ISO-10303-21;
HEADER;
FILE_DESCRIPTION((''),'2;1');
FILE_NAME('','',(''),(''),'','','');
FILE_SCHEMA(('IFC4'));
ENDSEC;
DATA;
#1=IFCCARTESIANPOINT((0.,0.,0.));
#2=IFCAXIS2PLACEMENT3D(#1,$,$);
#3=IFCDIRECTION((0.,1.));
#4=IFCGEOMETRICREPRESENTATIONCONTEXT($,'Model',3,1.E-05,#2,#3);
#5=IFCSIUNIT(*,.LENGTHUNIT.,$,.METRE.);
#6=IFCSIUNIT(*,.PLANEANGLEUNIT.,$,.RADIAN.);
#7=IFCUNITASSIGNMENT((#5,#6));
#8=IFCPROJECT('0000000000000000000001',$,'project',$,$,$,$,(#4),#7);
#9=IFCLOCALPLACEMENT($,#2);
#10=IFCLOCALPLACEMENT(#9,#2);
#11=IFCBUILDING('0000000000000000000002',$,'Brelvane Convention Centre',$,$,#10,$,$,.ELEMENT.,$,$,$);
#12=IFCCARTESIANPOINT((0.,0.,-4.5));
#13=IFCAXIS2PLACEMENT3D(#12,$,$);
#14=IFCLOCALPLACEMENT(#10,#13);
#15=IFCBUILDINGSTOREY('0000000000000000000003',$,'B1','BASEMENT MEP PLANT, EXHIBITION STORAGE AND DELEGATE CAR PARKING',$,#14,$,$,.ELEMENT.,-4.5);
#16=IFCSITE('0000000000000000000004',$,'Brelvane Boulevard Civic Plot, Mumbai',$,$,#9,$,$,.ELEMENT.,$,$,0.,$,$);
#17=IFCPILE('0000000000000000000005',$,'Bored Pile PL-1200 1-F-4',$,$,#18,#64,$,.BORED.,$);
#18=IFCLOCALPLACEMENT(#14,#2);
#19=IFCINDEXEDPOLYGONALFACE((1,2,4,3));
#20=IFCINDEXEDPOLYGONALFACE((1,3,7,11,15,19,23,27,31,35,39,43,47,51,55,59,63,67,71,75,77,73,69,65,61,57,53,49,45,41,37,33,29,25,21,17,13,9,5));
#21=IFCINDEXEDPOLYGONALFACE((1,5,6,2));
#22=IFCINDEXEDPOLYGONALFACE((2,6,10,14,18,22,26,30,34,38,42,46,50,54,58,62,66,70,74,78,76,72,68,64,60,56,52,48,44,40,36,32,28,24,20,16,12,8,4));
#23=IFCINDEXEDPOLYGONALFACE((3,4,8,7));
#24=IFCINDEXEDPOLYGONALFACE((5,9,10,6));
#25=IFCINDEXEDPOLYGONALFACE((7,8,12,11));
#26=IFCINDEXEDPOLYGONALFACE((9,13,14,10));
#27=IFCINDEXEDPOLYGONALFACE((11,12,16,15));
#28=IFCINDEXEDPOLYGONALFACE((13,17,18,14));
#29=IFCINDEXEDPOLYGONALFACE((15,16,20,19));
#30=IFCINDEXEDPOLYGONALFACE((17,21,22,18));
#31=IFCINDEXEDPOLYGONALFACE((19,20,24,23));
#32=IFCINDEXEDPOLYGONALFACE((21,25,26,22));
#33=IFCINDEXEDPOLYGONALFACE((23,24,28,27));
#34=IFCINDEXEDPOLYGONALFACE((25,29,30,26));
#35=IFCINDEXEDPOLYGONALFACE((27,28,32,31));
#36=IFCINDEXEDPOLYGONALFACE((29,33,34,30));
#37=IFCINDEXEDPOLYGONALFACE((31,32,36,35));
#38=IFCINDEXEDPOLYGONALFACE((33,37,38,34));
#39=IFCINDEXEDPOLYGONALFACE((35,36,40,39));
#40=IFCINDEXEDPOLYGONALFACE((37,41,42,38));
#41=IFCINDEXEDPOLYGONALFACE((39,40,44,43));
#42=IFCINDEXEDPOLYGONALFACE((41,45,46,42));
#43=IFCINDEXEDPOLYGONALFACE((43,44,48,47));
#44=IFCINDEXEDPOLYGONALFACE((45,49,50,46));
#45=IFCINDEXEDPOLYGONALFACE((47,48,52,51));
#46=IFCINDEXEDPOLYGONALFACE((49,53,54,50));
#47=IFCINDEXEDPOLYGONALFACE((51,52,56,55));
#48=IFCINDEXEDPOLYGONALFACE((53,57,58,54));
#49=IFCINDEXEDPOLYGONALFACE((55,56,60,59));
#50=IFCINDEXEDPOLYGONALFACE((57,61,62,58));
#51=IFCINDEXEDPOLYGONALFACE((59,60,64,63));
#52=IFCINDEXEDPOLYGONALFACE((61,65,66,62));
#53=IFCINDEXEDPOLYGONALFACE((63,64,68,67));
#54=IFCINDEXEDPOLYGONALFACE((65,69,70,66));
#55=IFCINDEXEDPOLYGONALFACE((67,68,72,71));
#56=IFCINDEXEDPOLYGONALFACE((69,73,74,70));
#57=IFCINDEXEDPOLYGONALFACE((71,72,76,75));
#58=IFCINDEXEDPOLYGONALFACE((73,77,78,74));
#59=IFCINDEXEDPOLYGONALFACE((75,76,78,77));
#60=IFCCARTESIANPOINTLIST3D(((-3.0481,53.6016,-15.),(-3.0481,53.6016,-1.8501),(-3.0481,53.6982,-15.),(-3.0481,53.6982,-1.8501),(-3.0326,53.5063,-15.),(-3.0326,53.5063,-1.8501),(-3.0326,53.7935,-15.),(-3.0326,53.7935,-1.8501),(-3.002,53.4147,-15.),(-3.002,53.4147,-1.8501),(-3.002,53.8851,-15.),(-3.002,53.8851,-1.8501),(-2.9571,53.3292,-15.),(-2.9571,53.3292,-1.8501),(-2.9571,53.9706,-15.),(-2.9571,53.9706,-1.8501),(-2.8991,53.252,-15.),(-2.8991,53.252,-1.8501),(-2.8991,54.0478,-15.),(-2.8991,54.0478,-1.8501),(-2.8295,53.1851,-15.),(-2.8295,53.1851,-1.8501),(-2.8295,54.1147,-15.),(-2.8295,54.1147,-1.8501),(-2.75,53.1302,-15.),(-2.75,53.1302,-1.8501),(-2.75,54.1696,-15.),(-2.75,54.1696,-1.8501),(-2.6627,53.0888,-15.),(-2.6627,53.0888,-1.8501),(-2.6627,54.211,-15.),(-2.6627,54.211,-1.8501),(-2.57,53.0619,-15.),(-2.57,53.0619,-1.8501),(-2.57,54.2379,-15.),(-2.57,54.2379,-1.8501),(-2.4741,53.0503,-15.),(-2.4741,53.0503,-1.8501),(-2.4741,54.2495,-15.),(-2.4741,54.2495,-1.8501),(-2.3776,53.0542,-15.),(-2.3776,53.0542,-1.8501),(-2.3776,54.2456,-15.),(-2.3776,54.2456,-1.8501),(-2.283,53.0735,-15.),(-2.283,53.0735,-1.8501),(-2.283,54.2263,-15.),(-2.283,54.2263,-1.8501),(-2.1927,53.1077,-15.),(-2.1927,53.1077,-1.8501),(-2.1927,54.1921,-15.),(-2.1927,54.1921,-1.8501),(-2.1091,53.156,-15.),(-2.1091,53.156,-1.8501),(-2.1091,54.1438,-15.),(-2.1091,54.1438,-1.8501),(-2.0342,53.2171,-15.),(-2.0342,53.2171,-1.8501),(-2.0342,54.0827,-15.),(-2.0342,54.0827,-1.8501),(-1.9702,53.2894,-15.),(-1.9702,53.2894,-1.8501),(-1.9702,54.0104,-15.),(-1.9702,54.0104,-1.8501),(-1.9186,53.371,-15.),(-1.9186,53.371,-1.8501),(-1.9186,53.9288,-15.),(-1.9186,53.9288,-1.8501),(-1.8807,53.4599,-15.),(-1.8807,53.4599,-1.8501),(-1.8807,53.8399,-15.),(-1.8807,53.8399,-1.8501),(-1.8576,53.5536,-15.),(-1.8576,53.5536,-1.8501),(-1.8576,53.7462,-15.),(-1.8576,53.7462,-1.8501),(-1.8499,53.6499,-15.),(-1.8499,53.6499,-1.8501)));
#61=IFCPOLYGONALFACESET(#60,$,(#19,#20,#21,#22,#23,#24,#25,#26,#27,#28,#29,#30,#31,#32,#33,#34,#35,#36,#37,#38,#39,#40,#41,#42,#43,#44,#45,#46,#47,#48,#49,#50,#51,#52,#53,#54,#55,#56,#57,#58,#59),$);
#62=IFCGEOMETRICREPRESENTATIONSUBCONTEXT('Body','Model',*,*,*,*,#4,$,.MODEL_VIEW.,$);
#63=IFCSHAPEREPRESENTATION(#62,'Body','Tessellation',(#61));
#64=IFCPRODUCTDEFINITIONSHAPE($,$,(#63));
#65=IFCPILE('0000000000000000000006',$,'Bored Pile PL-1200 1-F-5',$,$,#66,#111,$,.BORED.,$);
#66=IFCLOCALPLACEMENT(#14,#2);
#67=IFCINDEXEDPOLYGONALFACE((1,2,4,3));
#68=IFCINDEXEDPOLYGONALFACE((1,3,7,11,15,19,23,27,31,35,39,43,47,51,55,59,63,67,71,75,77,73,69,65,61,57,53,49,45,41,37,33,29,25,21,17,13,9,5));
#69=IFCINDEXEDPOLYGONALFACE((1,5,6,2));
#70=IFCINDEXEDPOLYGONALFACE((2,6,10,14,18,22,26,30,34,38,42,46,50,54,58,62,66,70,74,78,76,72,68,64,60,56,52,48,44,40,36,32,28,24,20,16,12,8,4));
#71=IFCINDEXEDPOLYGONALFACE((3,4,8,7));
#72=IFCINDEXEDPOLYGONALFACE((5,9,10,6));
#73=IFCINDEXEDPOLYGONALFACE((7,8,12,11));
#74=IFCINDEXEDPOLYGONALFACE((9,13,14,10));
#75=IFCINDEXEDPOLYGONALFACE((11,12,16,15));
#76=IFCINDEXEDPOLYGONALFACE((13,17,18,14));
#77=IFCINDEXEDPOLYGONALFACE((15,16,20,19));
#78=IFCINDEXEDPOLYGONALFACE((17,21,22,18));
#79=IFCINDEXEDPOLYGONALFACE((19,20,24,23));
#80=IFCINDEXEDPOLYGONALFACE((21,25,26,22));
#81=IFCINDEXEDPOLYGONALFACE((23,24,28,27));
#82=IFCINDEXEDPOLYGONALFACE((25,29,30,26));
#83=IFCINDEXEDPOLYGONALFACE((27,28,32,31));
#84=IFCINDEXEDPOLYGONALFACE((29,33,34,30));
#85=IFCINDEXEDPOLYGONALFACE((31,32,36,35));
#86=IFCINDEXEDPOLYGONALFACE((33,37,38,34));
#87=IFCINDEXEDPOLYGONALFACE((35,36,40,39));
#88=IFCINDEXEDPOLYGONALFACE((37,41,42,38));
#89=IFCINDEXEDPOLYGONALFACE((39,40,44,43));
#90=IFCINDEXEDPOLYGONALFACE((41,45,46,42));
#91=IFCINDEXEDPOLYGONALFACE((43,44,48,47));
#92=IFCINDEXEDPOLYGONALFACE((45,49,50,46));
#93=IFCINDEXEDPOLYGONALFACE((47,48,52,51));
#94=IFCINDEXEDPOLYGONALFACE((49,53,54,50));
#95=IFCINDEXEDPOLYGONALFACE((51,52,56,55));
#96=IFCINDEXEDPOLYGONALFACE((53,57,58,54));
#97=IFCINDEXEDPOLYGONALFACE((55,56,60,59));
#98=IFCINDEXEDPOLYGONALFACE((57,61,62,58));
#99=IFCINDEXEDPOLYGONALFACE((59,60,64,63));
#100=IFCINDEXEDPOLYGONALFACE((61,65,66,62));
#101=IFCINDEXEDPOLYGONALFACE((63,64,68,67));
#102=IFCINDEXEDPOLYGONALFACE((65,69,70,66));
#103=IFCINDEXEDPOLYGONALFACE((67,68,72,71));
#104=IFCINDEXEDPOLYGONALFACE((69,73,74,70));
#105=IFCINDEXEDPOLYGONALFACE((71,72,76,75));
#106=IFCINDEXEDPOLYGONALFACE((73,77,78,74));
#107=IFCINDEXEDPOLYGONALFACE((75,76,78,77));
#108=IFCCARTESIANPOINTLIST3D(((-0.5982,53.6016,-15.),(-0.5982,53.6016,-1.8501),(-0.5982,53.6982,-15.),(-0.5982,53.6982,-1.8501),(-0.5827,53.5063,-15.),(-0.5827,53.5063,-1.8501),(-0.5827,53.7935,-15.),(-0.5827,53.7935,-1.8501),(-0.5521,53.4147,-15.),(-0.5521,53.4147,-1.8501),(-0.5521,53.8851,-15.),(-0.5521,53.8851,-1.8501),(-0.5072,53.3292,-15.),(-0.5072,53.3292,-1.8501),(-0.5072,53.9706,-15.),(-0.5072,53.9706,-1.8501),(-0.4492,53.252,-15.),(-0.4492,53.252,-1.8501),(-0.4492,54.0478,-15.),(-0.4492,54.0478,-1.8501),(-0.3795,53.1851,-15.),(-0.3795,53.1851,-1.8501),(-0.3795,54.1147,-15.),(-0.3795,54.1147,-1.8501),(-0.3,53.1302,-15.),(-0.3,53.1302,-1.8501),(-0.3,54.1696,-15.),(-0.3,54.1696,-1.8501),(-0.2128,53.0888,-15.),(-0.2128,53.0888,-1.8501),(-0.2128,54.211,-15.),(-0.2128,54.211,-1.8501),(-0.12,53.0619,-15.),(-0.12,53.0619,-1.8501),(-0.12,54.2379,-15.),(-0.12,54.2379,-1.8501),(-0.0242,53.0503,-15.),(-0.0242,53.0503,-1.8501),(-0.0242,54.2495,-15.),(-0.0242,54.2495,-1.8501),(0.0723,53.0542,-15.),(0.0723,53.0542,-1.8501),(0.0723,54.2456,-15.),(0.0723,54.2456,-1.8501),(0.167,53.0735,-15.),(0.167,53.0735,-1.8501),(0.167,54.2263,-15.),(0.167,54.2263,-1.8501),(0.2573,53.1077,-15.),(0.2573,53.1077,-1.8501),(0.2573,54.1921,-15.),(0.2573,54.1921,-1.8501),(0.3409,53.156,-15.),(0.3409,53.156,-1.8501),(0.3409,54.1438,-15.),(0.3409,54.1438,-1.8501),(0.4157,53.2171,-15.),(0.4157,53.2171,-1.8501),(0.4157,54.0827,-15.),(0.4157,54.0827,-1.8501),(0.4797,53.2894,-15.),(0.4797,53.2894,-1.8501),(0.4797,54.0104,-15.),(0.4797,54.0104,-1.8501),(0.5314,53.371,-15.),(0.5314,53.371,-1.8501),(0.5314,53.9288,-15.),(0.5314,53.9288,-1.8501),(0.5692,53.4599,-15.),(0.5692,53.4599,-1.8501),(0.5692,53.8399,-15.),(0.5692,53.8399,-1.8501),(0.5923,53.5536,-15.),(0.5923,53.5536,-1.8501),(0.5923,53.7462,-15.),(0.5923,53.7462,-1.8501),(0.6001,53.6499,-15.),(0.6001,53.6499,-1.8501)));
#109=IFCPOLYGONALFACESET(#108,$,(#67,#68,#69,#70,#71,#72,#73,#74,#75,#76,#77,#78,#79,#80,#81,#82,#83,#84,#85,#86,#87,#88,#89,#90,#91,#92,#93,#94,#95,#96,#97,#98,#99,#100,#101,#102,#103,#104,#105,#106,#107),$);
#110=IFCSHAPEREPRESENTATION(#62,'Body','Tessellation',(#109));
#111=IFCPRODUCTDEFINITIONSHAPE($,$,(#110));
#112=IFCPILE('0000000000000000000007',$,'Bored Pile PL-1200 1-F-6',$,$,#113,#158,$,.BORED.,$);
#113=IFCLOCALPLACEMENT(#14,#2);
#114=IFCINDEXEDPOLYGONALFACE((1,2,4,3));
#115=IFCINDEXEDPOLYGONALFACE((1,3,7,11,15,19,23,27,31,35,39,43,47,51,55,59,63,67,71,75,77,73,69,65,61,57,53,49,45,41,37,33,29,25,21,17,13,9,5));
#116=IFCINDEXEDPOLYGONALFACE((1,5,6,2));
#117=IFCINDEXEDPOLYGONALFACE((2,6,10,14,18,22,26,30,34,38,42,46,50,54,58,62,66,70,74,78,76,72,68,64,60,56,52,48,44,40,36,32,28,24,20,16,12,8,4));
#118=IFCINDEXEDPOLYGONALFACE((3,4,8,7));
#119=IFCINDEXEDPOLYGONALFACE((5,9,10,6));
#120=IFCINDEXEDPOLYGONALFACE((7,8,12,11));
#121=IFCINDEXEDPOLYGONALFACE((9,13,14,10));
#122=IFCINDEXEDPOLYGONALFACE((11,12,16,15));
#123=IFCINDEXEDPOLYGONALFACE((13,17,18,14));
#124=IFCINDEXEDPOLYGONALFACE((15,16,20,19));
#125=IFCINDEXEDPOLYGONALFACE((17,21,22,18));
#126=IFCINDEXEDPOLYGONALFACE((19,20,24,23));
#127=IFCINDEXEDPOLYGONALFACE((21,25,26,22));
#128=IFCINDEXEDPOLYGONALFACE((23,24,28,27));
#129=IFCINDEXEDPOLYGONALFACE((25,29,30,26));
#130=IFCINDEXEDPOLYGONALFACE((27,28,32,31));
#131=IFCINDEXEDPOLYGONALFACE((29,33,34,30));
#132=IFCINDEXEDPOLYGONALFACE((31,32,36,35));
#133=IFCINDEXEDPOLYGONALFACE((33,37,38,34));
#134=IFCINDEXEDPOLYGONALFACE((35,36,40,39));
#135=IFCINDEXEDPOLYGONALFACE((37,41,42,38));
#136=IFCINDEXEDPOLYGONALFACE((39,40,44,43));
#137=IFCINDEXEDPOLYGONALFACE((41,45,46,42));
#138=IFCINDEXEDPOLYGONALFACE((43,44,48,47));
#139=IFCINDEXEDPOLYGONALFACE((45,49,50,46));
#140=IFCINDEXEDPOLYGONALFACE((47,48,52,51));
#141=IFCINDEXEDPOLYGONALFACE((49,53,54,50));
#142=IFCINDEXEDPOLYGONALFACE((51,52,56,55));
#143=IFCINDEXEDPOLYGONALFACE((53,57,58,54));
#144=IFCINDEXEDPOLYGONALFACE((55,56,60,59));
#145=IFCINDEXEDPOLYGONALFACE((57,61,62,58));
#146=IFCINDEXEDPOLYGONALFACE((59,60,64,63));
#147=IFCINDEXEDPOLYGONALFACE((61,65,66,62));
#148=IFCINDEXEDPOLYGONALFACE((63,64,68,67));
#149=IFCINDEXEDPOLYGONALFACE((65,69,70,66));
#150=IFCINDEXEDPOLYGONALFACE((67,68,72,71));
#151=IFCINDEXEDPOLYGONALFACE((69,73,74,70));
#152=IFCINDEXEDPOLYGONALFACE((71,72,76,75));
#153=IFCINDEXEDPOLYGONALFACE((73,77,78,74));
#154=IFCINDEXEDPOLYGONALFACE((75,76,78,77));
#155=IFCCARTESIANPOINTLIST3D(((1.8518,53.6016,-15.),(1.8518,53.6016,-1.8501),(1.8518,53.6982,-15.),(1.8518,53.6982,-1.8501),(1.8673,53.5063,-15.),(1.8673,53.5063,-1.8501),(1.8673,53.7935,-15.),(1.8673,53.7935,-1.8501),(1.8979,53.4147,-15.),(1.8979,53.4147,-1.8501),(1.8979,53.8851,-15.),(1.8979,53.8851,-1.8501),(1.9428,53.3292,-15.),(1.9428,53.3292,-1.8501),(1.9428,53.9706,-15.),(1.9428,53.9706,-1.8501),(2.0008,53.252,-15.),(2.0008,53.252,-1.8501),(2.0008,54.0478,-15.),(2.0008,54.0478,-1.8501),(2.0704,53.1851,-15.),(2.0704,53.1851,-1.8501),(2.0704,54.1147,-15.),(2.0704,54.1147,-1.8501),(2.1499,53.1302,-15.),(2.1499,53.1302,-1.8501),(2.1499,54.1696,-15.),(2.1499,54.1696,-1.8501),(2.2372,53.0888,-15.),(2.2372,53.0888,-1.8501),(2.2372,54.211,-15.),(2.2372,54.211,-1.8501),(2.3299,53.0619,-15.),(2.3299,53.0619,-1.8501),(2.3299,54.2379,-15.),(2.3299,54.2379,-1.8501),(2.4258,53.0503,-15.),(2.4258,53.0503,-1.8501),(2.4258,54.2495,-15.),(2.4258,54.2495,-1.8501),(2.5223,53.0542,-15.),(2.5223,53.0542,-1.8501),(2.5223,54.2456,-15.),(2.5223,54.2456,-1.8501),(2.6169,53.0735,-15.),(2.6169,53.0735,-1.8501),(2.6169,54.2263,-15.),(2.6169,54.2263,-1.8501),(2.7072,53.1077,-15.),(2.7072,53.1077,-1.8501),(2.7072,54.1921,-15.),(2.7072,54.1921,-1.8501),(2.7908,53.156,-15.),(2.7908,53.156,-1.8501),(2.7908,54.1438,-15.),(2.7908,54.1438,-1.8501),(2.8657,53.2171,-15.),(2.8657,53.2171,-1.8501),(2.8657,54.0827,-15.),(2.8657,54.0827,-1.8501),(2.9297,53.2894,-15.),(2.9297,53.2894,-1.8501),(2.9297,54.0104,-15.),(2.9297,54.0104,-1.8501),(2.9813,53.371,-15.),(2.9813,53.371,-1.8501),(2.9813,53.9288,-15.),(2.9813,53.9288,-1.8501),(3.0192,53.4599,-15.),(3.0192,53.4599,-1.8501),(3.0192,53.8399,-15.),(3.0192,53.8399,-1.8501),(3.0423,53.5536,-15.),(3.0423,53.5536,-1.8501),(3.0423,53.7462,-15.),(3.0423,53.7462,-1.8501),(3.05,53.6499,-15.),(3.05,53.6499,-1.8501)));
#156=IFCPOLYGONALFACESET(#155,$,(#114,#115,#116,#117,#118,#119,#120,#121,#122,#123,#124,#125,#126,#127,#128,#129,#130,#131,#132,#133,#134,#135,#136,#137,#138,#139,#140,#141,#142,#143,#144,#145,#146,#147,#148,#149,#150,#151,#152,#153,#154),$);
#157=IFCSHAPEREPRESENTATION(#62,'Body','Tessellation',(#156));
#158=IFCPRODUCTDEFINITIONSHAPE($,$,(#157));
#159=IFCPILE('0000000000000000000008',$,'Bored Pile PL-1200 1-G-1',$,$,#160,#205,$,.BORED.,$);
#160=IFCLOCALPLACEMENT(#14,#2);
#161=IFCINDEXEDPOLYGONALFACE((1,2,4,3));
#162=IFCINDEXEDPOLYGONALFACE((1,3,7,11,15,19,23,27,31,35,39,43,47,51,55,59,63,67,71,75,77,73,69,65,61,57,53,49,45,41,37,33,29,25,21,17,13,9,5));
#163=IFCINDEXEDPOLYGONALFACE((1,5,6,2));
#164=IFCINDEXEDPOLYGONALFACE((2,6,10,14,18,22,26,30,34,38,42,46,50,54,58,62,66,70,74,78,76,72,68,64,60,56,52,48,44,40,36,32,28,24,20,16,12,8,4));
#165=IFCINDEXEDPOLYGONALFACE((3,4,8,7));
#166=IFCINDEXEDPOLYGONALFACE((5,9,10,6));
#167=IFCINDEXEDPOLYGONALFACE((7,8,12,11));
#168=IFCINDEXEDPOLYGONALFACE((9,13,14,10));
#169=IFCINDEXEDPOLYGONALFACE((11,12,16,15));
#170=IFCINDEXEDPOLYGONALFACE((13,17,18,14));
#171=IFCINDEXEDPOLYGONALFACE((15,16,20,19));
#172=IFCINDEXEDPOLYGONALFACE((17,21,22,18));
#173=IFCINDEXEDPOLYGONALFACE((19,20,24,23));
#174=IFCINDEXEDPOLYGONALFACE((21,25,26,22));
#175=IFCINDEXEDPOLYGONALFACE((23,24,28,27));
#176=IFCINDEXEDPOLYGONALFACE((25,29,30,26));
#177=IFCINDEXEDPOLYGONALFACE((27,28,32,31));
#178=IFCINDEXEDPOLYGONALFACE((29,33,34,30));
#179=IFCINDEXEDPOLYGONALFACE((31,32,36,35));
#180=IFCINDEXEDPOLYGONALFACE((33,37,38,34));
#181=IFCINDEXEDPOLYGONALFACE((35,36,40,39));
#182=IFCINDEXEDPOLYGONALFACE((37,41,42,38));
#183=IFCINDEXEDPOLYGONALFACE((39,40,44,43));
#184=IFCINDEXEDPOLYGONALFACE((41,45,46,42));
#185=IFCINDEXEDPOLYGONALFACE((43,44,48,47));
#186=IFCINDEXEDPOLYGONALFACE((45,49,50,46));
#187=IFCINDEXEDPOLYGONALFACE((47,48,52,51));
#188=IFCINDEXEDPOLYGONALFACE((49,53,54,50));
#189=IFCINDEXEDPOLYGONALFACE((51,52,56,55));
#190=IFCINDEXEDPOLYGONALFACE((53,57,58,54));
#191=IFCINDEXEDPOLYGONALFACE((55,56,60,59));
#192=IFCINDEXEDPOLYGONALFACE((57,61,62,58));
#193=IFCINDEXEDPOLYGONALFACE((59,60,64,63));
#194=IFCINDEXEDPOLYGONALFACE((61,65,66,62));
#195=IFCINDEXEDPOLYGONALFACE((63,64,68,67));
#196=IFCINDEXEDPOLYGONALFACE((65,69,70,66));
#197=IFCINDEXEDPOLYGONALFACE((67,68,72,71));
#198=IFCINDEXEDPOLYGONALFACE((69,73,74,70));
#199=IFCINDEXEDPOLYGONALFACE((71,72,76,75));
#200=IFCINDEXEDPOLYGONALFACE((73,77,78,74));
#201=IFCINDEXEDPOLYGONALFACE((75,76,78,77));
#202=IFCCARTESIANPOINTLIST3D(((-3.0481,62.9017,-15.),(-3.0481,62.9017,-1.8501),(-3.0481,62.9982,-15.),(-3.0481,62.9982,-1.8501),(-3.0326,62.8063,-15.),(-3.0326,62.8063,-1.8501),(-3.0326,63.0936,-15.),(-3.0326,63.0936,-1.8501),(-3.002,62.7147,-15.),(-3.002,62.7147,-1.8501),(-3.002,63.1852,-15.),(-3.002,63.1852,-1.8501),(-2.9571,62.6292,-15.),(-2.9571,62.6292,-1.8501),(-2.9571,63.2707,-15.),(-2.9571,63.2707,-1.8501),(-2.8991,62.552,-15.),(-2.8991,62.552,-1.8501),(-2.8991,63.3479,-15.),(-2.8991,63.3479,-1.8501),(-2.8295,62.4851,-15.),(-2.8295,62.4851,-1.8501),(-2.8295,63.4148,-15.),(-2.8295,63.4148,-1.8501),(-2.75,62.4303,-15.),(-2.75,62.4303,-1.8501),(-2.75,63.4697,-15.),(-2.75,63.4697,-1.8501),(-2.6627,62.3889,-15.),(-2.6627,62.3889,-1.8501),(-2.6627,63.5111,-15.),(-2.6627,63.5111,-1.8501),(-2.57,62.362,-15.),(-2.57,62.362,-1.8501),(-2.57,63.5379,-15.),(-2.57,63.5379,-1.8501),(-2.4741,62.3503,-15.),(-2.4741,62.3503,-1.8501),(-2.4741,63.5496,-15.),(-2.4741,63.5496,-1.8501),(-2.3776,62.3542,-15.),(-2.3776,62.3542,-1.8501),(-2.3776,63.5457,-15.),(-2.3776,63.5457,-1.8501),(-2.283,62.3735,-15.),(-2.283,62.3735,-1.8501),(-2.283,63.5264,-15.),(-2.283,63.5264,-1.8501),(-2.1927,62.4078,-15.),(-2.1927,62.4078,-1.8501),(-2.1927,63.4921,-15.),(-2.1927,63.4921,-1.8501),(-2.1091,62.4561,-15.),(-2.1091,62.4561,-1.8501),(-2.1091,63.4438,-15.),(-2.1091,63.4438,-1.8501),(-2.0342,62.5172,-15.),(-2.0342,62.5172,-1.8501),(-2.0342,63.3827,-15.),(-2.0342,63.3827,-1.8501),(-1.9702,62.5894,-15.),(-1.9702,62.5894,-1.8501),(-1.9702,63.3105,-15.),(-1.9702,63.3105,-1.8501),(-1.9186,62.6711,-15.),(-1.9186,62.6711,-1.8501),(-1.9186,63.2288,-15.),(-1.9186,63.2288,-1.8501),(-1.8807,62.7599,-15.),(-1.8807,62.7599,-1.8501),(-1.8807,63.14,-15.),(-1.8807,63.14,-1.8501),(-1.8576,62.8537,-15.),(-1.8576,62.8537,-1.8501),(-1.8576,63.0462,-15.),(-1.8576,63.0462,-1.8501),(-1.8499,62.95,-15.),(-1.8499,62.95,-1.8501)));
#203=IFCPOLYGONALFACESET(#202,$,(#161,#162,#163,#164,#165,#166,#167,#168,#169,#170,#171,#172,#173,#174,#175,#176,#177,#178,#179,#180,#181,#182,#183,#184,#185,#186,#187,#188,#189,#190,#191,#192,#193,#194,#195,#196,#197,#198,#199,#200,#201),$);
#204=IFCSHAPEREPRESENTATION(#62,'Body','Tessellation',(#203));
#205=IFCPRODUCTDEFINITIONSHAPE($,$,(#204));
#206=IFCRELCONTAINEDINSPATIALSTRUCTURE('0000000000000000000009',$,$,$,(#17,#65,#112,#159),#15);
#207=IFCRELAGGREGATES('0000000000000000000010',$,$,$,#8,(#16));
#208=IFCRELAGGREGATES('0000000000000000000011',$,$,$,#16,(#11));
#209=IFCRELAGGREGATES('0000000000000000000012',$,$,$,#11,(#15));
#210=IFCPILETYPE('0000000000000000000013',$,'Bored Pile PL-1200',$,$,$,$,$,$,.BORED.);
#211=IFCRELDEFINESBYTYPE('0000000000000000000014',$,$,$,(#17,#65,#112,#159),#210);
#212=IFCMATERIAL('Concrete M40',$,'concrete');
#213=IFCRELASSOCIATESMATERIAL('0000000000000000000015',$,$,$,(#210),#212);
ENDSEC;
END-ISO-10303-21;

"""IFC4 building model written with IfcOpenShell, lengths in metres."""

from ifc_helpers import new_model, si_unit, direction, frame, origin, origin_2d, place, context, subcontext, project, spatial, circle, extrude, material, material_profile, profile_set, type_object, element, save


model = new_model("IFC4")

# Units and contexts
model_context = context("Model", 3, precision=1e-05, world=origin(), true_north=direction((0.0, 1.0)))
body_context = subcontext(model_context, "Body", "Model", "MODEL_VIEW")
ifc_project = project(units=[si_unit("LENGTHUNIT", "METRE"), si_unit("PLANEANGLEUNIT", "RADIAN")], contexts=[model_context])

# Site, building, storey
site_placement = place(None, origin())
site = spatial("IfcSite", under=ifc_project, at=site_placement, Name="Brelvane Boulevard Civic Plot, Mumbai", CompositionType="ELEMENT", RefElevation=0.0)
building_placement = place(site_placement, origin())
building = spatial("IfcBuilding", under=site, at=building_placement, Name="Brelvane Convention Centre", CompositionType="ELEMENT")
storey_placement = place(building_placement, frame((0.0, 0.0, -4.5)))
storey = spatial("IfcBuildingStorey", under=building, at=storey_placement, Name="B1", Description="BASEMENT MEP PLANT, EXHIBITION STORAGE AND DELEGATE CAR PARKING", CompositionType="ELEMENT", Elevation=-4.5)

# Piles
ifc_material_1 = material(Name="Concrete M40", Category="concrete")
ifc_material_profile_1 = material_profile(ifc_material_1, circle(Radius=0.6001, at=origin_2d()), Name="PILE D1200")
ifc_profile_set_1 = profile_set([ifc_material_profile_1], Name="Concrete M40")
pile_type_1 = type_object("IfcPileType", Name="Bored Pile PL-1200", PredefinedType="BORED", material=ifc_profile_set_1)
for number, where, z_axis, x_axis, name in (
    (1, (-2.45, 53.6499, -1.8501), (0.0, 0.0, -1.0), (1.0, 0.0, 0.0), "Bored Pile PL-1200 1-F-4"),
    (2, (0.0, 53.6499, -1.8501), (0.0, 0.0, -1.0), (1.0, 0.0, 0.0), "Bored Pile PL-1200 1-F-5"),
    (3, (2.45, 53.6499, -1.8501), (0.0, 0.0, -1.0), (1.0, 0.0, 0.0), "Bored Pile PL-1200 1-F-6"),
    (4, (-2.45, 62.95, -1.8501), (0.0, 0.0, -1.0), (1.0, 0.0, 0.0), "Bored Pile PL-1200 1-G-1"),
):
    element("IfcPile", number, at=place(storey_placement, frame(where, z_axis=z_axis, x_axis=x_axis)), inside=storey, type_object=pile_type_1, Name=name, PredefinedType="BORED", context=body_context, shape_type="SweptSolid", body=[
        extrude(circle(Radius=0.6001, at=origin_2d()), origin(), (0.0, 0.0, 1.0), 13.1499),
    ])

save(model, "model.ifc")
